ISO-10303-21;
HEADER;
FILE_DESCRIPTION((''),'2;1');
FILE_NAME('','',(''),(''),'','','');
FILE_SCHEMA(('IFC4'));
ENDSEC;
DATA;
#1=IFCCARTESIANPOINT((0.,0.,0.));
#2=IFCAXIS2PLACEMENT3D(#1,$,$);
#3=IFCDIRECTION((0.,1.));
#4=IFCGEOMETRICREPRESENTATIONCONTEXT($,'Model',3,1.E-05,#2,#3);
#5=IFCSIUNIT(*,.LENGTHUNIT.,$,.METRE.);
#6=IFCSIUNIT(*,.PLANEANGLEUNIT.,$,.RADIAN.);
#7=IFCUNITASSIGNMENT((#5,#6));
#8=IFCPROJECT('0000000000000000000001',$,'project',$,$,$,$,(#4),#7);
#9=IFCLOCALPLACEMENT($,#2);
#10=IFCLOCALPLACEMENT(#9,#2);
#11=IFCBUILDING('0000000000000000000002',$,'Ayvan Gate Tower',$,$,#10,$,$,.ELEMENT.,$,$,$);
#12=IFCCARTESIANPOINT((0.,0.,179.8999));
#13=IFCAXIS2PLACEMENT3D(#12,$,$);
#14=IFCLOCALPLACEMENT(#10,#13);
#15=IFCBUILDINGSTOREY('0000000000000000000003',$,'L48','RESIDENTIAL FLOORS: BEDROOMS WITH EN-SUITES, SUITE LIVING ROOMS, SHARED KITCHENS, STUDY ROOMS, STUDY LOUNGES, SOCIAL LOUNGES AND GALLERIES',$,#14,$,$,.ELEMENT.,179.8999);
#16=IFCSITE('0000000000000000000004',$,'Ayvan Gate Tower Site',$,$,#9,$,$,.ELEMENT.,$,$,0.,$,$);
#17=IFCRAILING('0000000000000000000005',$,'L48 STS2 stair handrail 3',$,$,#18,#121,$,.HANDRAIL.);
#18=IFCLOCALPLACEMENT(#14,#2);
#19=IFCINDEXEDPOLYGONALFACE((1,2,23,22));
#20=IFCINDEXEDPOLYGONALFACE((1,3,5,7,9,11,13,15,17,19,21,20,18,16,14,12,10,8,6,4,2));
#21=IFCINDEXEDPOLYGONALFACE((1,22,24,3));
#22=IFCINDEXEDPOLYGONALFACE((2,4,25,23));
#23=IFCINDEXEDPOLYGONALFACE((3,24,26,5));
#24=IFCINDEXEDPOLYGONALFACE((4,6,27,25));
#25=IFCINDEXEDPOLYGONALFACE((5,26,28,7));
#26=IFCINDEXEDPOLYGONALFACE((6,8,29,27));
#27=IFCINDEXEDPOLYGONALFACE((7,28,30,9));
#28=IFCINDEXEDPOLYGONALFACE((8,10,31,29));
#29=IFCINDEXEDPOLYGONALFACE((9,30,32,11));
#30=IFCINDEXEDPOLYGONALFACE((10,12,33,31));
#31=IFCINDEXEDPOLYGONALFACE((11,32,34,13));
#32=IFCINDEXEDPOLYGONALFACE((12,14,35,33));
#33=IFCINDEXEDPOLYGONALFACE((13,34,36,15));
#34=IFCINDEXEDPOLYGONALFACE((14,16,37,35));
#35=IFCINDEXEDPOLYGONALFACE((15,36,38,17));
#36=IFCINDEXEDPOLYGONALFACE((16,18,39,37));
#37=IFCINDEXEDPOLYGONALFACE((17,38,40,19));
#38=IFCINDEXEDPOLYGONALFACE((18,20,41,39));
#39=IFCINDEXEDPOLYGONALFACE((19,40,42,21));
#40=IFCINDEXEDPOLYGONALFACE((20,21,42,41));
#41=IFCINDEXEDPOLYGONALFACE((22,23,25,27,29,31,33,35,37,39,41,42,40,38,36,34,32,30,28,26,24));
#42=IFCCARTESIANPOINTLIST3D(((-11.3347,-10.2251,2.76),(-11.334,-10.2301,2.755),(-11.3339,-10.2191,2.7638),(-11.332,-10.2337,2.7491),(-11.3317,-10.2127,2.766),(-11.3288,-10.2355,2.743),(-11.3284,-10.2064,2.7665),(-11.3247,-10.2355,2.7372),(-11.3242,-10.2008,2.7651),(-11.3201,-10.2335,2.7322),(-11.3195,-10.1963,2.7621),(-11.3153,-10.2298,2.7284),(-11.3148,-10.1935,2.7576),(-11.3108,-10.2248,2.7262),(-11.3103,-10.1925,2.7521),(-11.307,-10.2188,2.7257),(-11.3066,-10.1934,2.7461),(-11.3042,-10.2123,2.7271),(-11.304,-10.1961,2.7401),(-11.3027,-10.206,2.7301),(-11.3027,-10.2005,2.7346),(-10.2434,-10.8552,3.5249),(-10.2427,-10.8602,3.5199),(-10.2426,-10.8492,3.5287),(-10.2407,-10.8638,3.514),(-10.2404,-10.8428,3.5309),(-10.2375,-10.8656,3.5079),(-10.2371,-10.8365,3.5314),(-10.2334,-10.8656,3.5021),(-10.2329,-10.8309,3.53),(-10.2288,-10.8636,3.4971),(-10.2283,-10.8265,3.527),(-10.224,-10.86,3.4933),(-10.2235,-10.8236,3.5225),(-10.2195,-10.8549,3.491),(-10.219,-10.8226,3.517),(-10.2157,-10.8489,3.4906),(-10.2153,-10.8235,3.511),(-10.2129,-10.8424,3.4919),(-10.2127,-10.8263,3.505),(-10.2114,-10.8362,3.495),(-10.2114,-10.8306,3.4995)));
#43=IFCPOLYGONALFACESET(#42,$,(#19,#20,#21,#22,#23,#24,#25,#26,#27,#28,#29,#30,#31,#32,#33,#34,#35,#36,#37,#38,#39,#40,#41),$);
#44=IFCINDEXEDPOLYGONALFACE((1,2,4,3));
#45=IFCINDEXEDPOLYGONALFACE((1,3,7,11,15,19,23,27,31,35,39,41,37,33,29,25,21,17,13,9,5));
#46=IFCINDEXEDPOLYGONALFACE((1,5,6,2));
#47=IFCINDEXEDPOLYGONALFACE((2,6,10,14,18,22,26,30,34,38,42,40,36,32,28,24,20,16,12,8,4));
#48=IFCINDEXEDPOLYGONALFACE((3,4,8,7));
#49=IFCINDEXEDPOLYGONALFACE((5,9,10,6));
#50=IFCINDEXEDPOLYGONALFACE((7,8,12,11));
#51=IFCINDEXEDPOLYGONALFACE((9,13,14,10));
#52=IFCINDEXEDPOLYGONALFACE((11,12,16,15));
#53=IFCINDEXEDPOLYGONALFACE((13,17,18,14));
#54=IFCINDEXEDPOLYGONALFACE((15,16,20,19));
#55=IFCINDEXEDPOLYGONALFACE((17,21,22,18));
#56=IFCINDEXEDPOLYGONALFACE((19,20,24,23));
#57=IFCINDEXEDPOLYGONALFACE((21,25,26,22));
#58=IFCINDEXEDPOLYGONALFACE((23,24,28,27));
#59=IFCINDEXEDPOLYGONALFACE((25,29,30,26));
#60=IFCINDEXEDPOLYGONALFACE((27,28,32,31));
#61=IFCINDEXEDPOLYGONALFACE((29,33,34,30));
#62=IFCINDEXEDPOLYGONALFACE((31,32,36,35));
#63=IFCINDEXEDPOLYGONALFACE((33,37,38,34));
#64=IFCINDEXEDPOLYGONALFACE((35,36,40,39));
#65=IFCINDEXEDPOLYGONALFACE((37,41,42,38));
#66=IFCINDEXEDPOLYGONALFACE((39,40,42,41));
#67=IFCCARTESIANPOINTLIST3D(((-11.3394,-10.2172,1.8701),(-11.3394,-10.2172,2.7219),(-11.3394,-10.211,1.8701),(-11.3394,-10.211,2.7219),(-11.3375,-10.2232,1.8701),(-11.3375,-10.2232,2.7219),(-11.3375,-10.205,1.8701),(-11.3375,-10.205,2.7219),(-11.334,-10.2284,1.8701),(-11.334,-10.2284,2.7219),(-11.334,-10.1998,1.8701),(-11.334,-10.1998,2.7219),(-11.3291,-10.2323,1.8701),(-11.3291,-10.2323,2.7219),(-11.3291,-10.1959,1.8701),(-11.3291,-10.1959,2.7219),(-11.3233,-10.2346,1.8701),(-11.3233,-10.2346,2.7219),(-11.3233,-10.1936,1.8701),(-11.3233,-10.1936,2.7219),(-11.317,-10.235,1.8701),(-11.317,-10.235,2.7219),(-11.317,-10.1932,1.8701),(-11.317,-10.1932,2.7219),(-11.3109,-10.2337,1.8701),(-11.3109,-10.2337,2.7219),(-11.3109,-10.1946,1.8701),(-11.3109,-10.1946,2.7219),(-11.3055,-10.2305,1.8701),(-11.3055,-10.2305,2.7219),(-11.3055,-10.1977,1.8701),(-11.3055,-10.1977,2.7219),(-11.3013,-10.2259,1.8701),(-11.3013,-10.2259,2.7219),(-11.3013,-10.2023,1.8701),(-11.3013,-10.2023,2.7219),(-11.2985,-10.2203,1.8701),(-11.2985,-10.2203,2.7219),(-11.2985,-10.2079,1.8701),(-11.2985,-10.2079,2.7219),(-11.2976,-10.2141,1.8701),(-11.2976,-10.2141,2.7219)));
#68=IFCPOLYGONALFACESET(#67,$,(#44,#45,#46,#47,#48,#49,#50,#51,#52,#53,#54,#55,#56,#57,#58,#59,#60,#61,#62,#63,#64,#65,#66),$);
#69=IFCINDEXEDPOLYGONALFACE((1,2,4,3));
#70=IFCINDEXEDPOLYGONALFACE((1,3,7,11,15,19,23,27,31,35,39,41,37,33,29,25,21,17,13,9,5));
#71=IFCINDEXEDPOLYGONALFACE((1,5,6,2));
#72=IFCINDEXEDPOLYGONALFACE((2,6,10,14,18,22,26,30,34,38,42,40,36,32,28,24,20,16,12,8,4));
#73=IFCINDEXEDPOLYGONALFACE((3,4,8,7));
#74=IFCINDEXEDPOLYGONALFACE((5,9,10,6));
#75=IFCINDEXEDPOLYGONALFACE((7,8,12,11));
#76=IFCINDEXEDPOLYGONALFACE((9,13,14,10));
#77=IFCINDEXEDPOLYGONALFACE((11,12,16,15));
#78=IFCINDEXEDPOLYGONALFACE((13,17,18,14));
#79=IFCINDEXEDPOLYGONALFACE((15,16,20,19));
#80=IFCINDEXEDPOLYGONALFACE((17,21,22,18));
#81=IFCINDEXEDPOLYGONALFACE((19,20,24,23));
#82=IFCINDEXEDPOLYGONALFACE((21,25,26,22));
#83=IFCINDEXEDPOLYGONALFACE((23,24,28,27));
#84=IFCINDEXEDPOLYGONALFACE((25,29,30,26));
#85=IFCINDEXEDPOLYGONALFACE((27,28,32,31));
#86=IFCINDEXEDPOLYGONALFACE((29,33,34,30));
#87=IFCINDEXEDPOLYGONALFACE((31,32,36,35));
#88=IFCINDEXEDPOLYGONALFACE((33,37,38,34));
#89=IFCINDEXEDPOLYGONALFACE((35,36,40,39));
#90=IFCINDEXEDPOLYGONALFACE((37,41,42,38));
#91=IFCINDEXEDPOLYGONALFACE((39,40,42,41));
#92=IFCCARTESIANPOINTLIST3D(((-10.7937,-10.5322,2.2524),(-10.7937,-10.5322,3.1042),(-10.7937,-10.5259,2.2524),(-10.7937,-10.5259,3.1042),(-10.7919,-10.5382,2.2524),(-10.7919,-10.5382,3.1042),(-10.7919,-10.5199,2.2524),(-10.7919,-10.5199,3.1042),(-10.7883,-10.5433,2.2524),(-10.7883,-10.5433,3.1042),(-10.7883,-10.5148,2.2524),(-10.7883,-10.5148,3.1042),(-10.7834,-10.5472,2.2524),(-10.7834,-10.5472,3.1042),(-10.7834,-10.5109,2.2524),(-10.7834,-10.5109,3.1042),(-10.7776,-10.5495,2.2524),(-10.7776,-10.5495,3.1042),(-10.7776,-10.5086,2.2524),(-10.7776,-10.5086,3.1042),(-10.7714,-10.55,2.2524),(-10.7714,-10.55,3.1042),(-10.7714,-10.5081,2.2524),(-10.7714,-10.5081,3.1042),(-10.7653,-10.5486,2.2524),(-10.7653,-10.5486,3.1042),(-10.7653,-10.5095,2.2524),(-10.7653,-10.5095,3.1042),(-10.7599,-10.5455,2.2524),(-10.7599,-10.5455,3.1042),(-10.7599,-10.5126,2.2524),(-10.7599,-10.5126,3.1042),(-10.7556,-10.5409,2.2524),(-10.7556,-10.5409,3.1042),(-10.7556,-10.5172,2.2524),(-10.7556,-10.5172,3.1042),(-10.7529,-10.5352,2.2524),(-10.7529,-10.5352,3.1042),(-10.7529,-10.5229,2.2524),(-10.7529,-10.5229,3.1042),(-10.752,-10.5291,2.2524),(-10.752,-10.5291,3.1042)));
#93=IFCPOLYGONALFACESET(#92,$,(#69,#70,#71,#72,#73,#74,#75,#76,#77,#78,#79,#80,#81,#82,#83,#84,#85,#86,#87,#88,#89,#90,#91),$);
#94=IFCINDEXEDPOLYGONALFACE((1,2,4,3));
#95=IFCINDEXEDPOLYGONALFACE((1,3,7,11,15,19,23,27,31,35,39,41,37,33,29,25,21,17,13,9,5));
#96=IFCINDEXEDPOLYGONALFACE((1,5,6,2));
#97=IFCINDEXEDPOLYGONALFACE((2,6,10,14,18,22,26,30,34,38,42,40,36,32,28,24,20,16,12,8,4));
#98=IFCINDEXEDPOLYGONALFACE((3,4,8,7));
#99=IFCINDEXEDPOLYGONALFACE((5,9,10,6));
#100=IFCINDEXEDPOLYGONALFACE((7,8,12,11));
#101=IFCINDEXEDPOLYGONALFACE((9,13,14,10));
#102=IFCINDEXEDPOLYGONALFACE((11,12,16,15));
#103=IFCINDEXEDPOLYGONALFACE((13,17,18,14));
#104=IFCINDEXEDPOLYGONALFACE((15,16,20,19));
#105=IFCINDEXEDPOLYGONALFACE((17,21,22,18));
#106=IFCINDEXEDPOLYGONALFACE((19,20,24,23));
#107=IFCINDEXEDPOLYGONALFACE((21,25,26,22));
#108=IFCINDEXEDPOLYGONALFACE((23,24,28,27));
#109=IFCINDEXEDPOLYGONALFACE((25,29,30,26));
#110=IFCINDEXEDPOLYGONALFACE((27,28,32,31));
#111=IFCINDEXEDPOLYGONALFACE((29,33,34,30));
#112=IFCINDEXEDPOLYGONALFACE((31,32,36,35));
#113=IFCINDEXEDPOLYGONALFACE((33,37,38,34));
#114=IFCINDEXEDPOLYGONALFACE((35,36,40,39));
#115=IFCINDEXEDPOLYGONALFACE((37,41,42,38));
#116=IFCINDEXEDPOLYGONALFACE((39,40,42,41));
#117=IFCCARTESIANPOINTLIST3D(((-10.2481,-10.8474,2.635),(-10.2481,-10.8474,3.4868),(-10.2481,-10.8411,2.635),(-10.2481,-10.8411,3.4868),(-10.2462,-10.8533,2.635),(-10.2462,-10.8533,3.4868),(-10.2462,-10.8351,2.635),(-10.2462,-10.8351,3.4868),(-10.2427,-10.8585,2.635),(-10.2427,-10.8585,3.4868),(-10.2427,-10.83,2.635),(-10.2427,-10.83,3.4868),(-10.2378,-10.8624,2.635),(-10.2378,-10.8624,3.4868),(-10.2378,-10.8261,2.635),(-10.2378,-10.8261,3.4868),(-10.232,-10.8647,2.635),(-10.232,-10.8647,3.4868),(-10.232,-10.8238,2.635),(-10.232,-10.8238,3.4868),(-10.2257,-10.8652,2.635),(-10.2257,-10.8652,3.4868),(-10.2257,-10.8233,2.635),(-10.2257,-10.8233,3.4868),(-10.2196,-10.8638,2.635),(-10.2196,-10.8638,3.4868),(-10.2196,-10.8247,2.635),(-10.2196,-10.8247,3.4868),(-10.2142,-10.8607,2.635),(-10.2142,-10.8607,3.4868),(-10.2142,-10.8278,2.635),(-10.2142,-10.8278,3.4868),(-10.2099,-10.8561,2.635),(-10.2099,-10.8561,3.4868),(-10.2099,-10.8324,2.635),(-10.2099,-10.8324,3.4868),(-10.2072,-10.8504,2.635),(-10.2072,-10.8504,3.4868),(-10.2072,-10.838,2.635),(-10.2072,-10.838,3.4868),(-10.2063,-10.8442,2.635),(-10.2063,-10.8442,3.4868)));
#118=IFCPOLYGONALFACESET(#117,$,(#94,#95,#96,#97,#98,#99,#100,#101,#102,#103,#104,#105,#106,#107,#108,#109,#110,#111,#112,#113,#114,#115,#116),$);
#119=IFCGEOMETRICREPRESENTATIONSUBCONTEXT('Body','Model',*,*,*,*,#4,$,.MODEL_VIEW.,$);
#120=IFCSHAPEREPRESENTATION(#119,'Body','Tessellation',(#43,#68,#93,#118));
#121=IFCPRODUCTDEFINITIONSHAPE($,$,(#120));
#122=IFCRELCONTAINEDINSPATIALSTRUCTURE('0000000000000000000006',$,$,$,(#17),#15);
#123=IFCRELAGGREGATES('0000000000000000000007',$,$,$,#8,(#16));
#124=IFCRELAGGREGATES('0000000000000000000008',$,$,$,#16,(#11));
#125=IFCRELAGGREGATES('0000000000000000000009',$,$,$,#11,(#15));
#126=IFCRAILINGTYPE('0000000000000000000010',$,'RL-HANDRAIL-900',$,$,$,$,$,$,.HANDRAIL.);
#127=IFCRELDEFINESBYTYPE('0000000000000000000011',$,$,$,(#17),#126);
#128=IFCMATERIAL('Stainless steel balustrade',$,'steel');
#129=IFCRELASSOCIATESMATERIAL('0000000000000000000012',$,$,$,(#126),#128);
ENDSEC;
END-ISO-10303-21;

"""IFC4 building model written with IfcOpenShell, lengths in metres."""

from ifc_helpers import new_model, si_unit, direction, frame, origin, origin_2d, place, context, subcontext, project, spatial, circle, extrude, material, type_object, element, save


model = new_model("IFC4")

# Units and contexts
model_context = context("Model", 3, precision=1e-05, world=origin(), true_north=direction((0.0, 1.0)))
body_context = subcontext(model_context, "Body", "Model", "MODEL_VIEW")
ifc_project = project(units=[si_unit("LENGTHUNIT", "METRE"), si_unit("PLANEANGLEUNIT", "RADIAN")], contexts=[model_context])

# Site, building, storey
site_placement = place(None, origin())
site = spatial("IfcSite", under=ifc_project, at=site_placement, Name="Ayvan Gate Tower Site", CompositionType="ELEMENT", RefElevation=0.0)
building_placement = place(site_placement, origin())
building = spatial("IfcBuilding", under=site, at=building_placement, Name="Ayvan Gate Tower", CompositionType="ELEMENT")
storey_placement = place(building_placement, frame((0.0, 0.0, 179.8999)))
storey = spatial("IfcBuildingStorey", under=building, at=storey_placement, Name="L48", Description="RESIDENTIAL FLOORS: BEDROOMS WITH EN-SUITES, SUITE LIVING ROOMS, SHARED KITCHENS, STUDY ROOMS, STUDY LOUNGES, SOCIAL LOUNGES AND GALLERIES", CompositionType="ELEMENT", Elevation=179.8999)

# Railing
ifc_material_1 = material(Name="Stainless steel balustrade", Category="steel")
railing_type_1 = type_object("IfcRailingType", Name="RL-HANDRAIL-900", PredefinedType="HANDRAIL", material=ifc_material_1)
railing_1_placement = place(storey_placement, frame((-11.3186, -10.2141, 1.8701)))
element("IfcRailing", 1, at=railing_1_placement, inside=storey, type_object=railing_type_1, Name="L48 STS2 stair handrail 3", PredefinedType="HANDRAIL", context=body_context, shape_type="SweptSolid", body=[
    extrude(circle(Radius=0.0239, at=origin_2d()), frame((0.0, 0.0, 0.876), z_axis=(0.740304, -0.427455, 0.518875), x_axis=(0.500035, 0.866005, 0.0)), (0.0, 0.0, 1.0), 1.4741),
    extrude(circle(Radius=0.021, at=origin_2d()), origin(), (0.0, 0.0, 1.0), 0.8518),
    extrude(circle(Radius=0.021, at=origin_2d()), frame((0.5457, -0.3149, 0.3823)), (0.0, 0.0, 1.0), 0.8518),
    extrude(circle(Radius=0.021, at=origin_2d()), frame((1.0913, -0.6301, 0.7649)), (0.0, 0.0, 1.0), 0.8518),
])

save(model, "model.ifc")
